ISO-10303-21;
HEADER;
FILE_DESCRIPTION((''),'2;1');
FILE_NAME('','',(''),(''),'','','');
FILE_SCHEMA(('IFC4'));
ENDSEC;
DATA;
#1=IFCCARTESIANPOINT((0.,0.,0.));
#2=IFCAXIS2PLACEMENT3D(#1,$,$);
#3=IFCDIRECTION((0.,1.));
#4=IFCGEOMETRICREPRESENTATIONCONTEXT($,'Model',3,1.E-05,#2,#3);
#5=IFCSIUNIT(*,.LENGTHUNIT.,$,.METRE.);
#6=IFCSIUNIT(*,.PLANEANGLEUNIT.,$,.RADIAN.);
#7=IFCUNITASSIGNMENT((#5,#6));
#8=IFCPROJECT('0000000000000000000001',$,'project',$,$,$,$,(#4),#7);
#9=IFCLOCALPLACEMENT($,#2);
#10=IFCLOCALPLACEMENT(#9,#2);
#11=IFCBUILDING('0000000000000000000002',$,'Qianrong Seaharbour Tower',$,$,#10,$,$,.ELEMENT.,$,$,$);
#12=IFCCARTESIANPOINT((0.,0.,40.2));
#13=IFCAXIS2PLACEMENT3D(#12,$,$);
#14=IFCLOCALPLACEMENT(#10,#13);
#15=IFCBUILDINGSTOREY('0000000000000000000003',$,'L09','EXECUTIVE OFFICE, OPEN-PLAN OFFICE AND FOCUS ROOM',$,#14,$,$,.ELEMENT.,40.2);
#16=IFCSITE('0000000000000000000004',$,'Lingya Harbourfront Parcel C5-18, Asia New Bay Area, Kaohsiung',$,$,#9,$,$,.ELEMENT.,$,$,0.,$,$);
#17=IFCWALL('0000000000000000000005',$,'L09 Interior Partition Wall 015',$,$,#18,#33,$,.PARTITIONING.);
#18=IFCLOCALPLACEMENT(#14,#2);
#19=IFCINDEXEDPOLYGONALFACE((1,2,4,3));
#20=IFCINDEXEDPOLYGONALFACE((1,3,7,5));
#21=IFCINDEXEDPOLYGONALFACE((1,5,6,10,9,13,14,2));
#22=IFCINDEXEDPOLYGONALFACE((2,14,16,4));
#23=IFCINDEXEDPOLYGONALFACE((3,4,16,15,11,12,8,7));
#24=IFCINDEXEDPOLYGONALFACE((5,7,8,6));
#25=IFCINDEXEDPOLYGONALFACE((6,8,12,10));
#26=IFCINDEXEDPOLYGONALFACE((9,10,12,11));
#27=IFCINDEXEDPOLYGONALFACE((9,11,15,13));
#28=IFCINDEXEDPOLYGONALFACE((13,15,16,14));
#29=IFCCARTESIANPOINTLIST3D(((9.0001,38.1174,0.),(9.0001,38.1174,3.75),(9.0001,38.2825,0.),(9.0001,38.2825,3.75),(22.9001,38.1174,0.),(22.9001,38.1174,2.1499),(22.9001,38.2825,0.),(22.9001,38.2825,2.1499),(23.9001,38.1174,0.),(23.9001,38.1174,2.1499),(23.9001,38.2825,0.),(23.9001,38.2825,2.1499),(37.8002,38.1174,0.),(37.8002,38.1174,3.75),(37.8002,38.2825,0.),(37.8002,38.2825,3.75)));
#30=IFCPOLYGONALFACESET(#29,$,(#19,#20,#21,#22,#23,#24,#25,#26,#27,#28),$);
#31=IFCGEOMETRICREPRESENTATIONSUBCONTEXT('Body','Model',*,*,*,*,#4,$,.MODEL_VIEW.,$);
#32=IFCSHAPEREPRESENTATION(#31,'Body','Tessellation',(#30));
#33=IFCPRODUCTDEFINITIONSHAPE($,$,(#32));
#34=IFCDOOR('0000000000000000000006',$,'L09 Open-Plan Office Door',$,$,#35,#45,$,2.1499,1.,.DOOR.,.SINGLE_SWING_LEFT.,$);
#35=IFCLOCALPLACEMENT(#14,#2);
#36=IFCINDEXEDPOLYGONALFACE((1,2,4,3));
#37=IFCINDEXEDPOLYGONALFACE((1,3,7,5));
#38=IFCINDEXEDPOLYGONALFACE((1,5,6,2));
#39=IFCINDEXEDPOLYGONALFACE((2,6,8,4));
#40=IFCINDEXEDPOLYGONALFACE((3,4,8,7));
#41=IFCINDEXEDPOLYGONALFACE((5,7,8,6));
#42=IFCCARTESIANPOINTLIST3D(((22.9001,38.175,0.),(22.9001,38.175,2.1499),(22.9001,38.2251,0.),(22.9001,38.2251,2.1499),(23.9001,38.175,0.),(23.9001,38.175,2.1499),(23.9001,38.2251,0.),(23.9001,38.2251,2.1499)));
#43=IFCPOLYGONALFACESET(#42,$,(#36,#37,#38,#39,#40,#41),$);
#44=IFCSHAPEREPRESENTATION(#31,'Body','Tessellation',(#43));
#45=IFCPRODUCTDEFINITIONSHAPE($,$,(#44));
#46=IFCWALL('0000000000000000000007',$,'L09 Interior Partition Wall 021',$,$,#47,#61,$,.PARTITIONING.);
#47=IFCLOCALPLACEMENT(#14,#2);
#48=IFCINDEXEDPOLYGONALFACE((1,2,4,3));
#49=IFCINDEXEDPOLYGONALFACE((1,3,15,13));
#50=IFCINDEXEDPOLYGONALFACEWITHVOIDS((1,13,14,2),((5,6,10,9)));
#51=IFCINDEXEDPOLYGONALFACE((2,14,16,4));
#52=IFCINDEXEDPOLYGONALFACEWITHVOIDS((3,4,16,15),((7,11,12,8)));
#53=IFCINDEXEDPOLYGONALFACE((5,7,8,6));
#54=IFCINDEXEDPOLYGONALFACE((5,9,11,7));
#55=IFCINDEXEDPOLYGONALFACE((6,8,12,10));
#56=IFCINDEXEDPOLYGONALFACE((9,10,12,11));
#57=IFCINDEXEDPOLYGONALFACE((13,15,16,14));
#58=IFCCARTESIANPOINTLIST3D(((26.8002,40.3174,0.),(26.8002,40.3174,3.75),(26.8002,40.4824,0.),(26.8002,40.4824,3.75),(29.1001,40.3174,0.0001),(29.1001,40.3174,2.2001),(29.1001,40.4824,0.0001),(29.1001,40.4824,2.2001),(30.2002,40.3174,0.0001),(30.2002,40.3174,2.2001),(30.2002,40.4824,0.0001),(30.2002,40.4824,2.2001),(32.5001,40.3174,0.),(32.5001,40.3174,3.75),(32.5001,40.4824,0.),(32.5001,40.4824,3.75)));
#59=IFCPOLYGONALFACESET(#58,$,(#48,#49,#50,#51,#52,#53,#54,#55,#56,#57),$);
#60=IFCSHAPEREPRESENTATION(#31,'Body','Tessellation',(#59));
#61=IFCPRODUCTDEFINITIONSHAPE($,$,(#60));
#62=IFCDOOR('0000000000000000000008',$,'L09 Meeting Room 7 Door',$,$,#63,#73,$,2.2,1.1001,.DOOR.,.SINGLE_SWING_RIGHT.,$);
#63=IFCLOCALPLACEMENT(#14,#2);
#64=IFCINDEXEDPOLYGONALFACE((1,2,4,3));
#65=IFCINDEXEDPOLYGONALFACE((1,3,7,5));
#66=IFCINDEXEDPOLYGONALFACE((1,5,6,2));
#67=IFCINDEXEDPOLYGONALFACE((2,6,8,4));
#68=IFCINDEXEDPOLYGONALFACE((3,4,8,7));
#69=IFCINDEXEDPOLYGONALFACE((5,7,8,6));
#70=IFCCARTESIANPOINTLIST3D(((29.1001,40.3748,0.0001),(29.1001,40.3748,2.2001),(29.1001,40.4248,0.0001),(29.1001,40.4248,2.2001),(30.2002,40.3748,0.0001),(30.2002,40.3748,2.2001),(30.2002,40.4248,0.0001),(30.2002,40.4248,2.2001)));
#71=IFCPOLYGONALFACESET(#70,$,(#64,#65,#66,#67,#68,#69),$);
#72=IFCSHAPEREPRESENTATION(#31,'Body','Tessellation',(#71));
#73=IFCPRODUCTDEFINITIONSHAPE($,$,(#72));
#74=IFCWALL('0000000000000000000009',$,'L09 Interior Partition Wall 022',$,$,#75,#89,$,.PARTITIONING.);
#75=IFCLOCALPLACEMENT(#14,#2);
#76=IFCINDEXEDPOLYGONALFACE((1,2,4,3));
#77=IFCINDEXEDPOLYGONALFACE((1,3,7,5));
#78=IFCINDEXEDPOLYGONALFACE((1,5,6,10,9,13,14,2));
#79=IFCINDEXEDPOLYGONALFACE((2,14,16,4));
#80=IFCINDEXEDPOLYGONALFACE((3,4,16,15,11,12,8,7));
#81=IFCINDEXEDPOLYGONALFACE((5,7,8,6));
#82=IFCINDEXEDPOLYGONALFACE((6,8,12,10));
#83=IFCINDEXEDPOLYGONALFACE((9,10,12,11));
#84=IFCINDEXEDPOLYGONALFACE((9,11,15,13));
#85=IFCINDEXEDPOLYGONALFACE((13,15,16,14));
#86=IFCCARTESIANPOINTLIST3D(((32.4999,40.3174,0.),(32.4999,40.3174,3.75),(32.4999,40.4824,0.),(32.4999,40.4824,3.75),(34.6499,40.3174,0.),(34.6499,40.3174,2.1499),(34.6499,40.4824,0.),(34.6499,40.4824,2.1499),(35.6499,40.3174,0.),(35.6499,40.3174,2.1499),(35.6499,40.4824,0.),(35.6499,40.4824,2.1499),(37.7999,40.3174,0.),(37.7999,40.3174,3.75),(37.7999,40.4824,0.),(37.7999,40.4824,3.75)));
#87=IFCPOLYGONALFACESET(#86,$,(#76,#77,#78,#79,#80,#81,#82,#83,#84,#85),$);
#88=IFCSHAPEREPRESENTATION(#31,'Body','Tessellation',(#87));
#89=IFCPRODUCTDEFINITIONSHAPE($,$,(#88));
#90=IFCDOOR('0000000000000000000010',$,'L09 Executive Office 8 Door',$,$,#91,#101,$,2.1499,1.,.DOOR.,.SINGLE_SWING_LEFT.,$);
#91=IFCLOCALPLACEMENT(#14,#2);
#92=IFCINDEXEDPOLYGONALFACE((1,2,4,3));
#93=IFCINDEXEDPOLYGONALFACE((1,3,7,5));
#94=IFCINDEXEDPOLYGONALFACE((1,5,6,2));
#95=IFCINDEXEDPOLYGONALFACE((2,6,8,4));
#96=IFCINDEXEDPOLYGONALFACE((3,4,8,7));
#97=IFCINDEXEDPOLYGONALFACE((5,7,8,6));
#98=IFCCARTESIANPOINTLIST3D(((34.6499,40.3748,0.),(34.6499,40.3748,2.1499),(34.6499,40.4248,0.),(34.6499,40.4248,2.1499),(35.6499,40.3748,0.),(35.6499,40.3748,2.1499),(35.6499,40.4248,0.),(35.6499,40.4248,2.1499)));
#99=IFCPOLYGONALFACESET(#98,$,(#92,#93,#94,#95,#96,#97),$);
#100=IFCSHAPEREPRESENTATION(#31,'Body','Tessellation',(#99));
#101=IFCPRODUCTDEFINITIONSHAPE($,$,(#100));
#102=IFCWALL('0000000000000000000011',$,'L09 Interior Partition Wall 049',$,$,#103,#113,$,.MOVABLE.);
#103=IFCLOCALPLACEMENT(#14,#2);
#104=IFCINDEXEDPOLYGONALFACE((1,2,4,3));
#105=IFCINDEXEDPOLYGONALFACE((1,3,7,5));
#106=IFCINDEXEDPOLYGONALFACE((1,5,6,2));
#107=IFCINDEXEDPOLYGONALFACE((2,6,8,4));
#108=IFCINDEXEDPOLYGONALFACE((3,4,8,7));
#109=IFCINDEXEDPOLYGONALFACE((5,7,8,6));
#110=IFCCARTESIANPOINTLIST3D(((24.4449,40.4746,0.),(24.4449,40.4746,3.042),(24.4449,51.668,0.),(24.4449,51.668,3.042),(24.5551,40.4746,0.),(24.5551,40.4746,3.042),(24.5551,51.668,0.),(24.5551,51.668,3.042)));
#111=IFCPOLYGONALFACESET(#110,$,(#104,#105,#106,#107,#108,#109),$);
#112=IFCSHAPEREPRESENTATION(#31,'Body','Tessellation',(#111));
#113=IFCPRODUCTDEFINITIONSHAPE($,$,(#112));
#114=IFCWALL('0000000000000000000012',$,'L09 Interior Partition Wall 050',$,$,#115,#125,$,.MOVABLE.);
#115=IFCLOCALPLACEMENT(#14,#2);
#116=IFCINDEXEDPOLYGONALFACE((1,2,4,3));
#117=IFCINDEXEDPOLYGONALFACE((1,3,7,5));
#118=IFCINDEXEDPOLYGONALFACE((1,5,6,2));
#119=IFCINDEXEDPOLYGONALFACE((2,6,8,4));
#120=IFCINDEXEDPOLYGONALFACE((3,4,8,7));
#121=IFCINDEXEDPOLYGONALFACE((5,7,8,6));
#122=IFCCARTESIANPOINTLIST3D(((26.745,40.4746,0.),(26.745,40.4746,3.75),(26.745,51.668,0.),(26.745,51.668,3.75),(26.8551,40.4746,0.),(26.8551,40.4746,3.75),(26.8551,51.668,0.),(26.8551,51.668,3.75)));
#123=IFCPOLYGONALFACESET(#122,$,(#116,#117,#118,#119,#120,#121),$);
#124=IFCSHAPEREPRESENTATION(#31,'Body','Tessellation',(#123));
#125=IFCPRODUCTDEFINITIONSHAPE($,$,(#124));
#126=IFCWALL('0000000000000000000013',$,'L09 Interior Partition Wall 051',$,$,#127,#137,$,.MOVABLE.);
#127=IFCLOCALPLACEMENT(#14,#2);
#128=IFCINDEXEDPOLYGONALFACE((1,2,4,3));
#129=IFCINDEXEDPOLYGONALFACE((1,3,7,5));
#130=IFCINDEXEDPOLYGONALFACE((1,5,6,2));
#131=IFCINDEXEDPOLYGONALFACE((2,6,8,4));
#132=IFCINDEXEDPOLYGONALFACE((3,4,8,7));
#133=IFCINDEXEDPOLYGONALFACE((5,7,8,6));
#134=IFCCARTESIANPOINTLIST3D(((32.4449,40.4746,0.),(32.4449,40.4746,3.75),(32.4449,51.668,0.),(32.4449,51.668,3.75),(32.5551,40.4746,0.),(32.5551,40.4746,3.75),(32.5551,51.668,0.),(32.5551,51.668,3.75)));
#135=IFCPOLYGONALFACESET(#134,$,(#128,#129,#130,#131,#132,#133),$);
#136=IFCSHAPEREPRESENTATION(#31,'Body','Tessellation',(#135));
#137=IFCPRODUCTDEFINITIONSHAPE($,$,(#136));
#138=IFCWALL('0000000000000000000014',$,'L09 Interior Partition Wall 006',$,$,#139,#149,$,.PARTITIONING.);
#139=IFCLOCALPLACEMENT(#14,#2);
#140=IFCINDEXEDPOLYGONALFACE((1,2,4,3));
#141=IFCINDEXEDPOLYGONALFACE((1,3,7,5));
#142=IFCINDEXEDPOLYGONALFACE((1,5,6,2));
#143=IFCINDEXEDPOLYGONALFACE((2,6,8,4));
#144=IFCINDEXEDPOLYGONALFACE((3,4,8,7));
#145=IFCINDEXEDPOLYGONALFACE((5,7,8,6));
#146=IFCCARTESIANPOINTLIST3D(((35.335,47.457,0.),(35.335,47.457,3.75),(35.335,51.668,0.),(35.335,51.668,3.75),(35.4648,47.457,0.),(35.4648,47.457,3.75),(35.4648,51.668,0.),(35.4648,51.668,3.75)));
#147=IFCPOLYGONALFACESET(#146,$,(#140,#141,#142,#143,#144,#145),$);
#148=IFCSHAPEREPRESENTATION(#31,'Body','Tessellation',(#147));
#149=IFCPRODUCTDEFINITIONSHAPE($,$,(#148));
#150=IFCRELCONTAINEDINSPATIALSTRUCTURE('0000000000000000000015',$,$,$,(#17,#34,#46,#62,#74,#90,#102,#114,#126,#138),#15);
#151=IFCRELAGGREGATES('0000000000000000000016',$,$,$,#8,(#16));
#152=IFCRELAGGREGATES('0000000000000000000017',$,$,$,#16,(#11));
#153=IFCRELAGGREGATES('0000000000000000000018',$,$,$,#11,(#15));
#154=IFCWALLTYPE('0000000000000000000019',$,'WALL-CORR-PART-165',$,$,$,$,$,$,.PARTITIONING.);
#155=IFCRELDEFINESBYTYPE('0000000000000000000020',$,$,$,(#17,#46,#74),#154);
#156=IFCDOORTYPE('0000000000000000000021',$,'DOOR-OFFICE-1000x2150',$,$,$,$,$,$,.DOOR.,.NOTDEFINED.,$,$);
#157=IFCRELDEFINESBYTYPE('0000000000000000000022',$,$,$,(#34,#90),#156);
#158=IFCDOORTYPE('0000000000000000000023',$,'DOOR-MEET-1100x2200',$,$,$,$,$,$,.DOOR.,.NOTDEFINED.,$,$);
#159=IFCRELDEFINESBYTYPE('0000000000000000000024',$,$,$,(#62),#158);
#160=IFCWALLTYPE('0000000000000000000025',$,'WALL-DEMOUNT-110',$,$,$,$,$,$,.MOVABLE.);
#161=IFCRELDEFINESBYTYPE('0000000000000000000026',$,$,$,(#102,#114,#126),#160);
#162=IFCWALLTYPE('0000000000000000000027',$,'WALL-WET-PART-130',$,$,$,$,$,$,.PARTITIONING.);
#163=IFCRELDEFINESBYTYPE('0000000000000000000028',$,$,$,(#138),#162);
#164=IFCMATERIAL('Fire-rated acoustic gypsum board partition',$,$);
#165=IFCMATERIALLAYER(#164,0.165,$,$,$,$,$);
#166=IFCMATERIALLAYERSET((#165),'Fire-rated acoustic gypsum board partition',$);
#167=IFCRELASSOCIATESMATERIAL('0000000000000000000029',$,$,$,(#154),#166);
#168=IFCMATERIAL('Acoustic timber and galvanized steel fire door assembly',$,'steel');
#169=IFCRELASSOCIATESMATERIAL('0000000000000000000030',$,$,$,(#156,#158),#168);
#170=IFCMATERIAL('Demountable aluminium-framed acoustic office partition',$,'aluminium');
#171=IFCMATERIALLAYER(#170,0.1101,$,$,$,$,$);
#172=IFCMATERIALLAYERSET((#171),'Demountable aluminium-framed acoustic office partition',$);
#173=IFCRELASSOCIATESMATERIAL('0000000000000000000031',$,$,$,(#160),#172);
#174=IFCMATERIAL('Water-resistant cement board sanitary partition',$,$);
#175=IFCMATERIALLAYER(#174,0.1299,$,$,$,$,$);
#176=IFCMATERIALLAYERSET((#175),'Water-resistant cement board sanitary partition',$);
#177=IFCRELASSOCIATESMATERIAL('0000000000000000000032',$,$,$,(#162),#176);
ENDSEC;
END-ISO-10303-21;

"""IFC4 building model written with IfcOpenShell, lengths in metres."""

from ifc_helpers import new_model, si_unit, direction, frame, frame_2d, origin, place, context, subcontext, project, spatial, rectangle, extrude, material, layer, layer_set, type_object, element, fill, save


model = new_model("IFC4")

# Units and contexts
model_context = context("Model", 3, precision=1e-05, world=origin(), true_north=direction((0.0, 1.0)))
body_context = subcontext(model_context, "Body", "Model", "MODEL_VIEW")
ifc_project = project(units=[si_unit("LENGTHUNIT", "METRE"), si_unit("PLANEANGLEUNIT", "RADIAN")], contexts=[model_context])

# Site, building, storey
site_placement = place(None, origin())
site = spatial("IfcSite", under=ifc_project, at=site_placement, Name="Lingya Harbourfront Parcel C5-18, Asia New Bay Area, Kaohsiung", CompositionType="ELEMENT", RefElevation=0.0)
building_placement = place(site_placement, origin())
building = spatial("IfcBuilding", under=site, at=building_placement, Name="Qianrong Seaharbour Tower", CompositionType="ELEMENT")
storey_placement = place(building_placement, frame((0.0, 0.0, 40.2)))
storey = spatial("IfcBuildingStorey", under=building, at=storey_placement, Name="L09", Description="EXECUTIVE OFFICE, OPEN-PLAN OFFICE AND FOCUS ROOM", CompositionType="ELEMENT", Elevation=40.2)

# Walls, openings, doors
ifc_material_1 = material(Name="Fire-rated acoustic gypsum board partition")
ifc_layer_1 = layer(ifc_material_1, 0.165)
ifc_layer_set_1 = layer_set([ifc_layer_1], Name="Fire-rated acoustic gypsum board partition")
wall_type_1 = type_object("IfcWallType", Name="WALL-CORR-PART-165", PredefinedType="PARTITIONING", material=ifc_layer_set_1)
wall_1_placement = place(storey_placement, frame((37.8, 38.2, 0.0), z_axis=(0.0, 0.0, 1.0), x_axis=(-1.0, 0.0, 0.0)))
wall_1 = element("IfcWall", 1, at=wall_1_placement, inside=storey, type_object=wall_type_1, Name="L09 Interior Partition Wall 015", PredefinedType="PARTITIONING", context=body_context, shape_type="SweptSolid", body=[
    extrude(rectangle(XDim=28.8, YDim=0.165, at=frame_2d((14.3999, 0.0))), origin(), (0.0, 0.0, 1.0), 3.75),
])
opening_1_placement = place(wall_1_placement, frame((13.8999, 0.0, 0.0)))
opening_1 = element("IfcOpeningElement", 2, at=opening_1_placement, cuts=wall_1, PredefinedType="OPENING", context=body_context, shape_type="SweptSolid", body=[
    extrude(rectangle(XDim=1.0, YDim=2.1499, at=frame_2d((0.5, 1.075))), frame((0.0, 0.0925, 0.0), z_axis=(0.0, -1.0, 0.0), x_axis=(1.0, 0.0, 0.0)), (0.0, 0.0, 1.0), 0.1851),
])
ifc_material_2 = material(Name="Acoustic timber and galvanized steel fire door assembly", Category="steel")
door_type_1 = type_object("IfcDoorType", Name="DOOR-OFFICE-1000x2150", OperationType="NOTDEFINED", PredefinedType="DOOR", material=ifc_material_2)
door_1_placement = place(opening_1_placement, origin())
door_1 = element("IfcDoor", 3, at=door_1_placement, inside=storey, type_object=door_type_1, Name="L09 Open-Plan Office Door", OperationType="SINGLE_SWING_LEFT", OverallHeight=2.1499, OverallWidth=1.0, PredefinedType="DOOR", context=body_context, shape_type="SweptSolid", body=[
    extrude(rectangle(XDim=1.0, YDim=2.1499, at=frame_2d((0.5, 1.075))), frame((0.0, 0.0249, 0.0), z_axis=(0.0, -1.0, 0.0), x_axis=(1.0, 0.0, 0.0)), (0.0, 0.0, 1.0), 0.05),
])
fill(opening_1, door_1)
wall_2_placement = place(storey_placement, frame((26.8, 40.3999, 0.0), z_axis=(0.0, 0.0, 1.0), x_axis=(1.0, 0.0, 0.0)))
wall_2 = element("IfcWall", 4, at=wall_2_placement, inside=storey, type_object=wall_type_1, Name="L09 Interior Partition Wall 021", PredefinedType="PARTITIONING", context=body_context, shape_type="SweptSolid", body=[
    extrude(rectangle(XDim=5.7, YDim=0.165, at=frame_2d((2.8501, 0.0))), origin(), (0.0, 0.0, 1.0), 3.75),
])
opening_2_placement = place(wall_2_placement, frame((2.3, 0.0, 0.0)))
opening_2 = element("IfcOpeningElement", 5, at=opening_2_placement, cuts=wall_2, PredefinedType="OPENING", context=body_context, shape_type="SweptSolid", body=[
    extrude(rectangle(XDim=1.1001, YDim=2.2, at=frame_2d((0.55, 1.1001))), frame((0.0, 0.0925, 0.0), z_axis=(0.0, -1.0, 0.0), x_axis=(1.0, 0.0, 0.0)), (0.0, 0.0, 1.0), 0.1851),
])
door_type_2 = type_object("IfcDoorType", Name="DOOR-MEET-1100x2200", OperationType="NOTDEFINED", PredefinedType="DOOR", material=ifc_material_2)
door_2_placement = place(opening_2_placement, origin())
door_2 = element("IfcDoor", 6, at=door_2_placement, inside=storey, type_object=door_type_2, Name="L09 Meeting Room 7 Door", OperationType="SINGLE_SWING_RIGHT", OverallHeight=2.2, OverallWidth=1.1001, PredefinedType="DOOR", context=body_context, shape_type="SweptSolid", body=[
    extrude(rectangle(XDim=1.1001, YDim=2.2, at=frame_2d((0.55, 1.1001))), frame((0.0, 0.0249, 0.0), z_axis=(0.0, -1.0, 0.0), x_axis=(1.0, 0.0, 0.0)), (0.0, 0.0, 1.0), 0.05),
])
fill(opening_2, door_2)
wall_3_placement = place(storey_placement, frame((32.5, 40.3999, 0.0), z_axis=(0.0, 0.0, 1.0), x_axis=(1.0, 0.0, 0.0)))
wall_3 = element("IfcWall", 7, at=wall_3_placement, inside=storey, type_object=wall_type_1, Name="L09 Interior Partition Wall 022", PredefinedType="PARTITIONING", context=body_context, shape_type="SweptSolid", body=[
    extrude(rectangle(XDim=5.3, YDim=0.165, at=frame_2d((2.6499, 0.0))), origin(), (0.0, 0.0, 1.0), 3.75),
])
opening_3_placement = place(wall_3_placement, frame((2.1499, 0.0, 0.0)))
opening_3 = element("IfcOpeningElement", 8, at=opening_3_placement, cuts=wall_3, PredefinedType="OPENING", context=body_context, shape_type="SweptSolid", body=[
    extrude(rectangle(XDim=1.0, YDim=2.1499, at=frame_2d((0.5, 1.075))), frame((0.0, 0.0925, 0.0), z_axis=(0.0, -1.0, 0.0), x_axis=(1.0, 0.0, 0.0)), (0.0, 0.0, 1.0), 0.1851),
])
door_3_placement = place(opening_3_placement, origin())
door_3 = element("IfcDoor", 9, at=door_3_placement, inside=storey, type_object=door_type_1, Name="L09 Executive Office 8 Door", OperationType="SINGLE_SWING_LEFT", OverallHeight=2.1499, OverallWidth=1.0, PredefinedType="DOOR", context=body_context, shape_type="SweptSolid", body=[
    extrude(rectangle(XDim=1.0, YDim=2.1499, at=frame_2d((0.5, 1.075))), frame((0.0, 0.0249, 0.0), z_axis=(0.0, -1.0, 0.0), x_axis=(1.0, 0.0, 0.0)), (0.0, 0.0, 1.0), 0.05),
])
fill(opening_3, door_3)

# Walls
ifc_material_3 = material(Name="Demountable aluminium-framed acoustic office partition", Category="aluminium")
ifc_layer_2 = layer(ifc_material_3, 0.1101)
ifc_layer_set_2 = layer_set([ifc_layer_2], Name="Demountable aluminium-framed acoustic office partition")
wall_type_2 = type_object("IfcWallType", Name="WALL-DEMOUNT-110", PredefinedType="MOVABLE", material=ifc_layer_set_2)
wall_4_placement = place(storey_placement, frame((24.5, 51.668, 0.0), z_axis=(0.0, 0.0, 1.0), x_axis=(0.0, -1.0, 0.0)))
element("IfcWall", 10, at=wall_4_placement, inside=storey, type_object=wall_type_2, Name="L09 Interior Partition Wall 049", PredefinedType="MOVABLE", context=body_context, shape_type="SweptSolid", body=[
    extrude(rectangle(XDim=11.1934, YDim=0.1101, at=frame_2d((5.5967, 0.0))), origin(), (0.0, 0.0, 1.0), 3.042),
])
for number, where, z_axis, x_axis, name in (
    (11, (26.8, 51.668, 0.0), (0.0, 0.0, 1.0), (0.0, -1.0, 0.0), "L09 Interior Partition Wall 050"),
    (12, (32.5, 51.668, 0.0), (0.0, 0.0, 1.0), (0.0, -1.0, 0.0), "L09 Interior Partition Wall 051"),
):
    element("IfcWall", number, at=place(storey_placement, frame(where, z_axis=z_axis, x_axis=x_axis)), inside=storey, type_object=wall_type_2, Name=name, PredefinedType="MOVABLE", context=body_context, shape_type="SweptSolid", body=[
        extrude(rectangle(XDim=11.1934, YDim=0.1101, at=frame_2d((5.5967, 0.0))), origin(), (0.0, 0.0, 1.0), 3.75),
    ])
ifc_material_4 = material(Name="Water-resistant cement board sanitary partition")
ifc_layer_3 = layer(ifc_material_4, 0.1299)
ifc_layer_set_3 = layer_set([ifc_layer_3], Name="Water-resistant cement board sanitary partition")
wall_type_3 = type_object("IfcWallType", Name="WALL-WET-PART-130", PredefinedType="PARTITIONING", material=ifc_layer_set_3)
wall_5_placement = place(storey_placement, frame((35.3999, 47.457, 0.0), z_axis=(0.0, 0.0, 1.0), x_axis=(0.0, 1.0, 0.0)))
element("IfcWall", 13, at=wall_5_placement, inside=storey, type_object=wall_type_3, Name="L09 Interior Partition Wall 006", PredefinedType="PARTITIONING", context=body_context, shape_type="SweptSolid", body=[
    extrude(rectangle(XDim=4.2109, YDim=0.1299, at=frame_2d((2.1055, 0.0))), origin(), (0.0, 0.0, 1.0), 3.75),
])

save(model, "model.ifc")
